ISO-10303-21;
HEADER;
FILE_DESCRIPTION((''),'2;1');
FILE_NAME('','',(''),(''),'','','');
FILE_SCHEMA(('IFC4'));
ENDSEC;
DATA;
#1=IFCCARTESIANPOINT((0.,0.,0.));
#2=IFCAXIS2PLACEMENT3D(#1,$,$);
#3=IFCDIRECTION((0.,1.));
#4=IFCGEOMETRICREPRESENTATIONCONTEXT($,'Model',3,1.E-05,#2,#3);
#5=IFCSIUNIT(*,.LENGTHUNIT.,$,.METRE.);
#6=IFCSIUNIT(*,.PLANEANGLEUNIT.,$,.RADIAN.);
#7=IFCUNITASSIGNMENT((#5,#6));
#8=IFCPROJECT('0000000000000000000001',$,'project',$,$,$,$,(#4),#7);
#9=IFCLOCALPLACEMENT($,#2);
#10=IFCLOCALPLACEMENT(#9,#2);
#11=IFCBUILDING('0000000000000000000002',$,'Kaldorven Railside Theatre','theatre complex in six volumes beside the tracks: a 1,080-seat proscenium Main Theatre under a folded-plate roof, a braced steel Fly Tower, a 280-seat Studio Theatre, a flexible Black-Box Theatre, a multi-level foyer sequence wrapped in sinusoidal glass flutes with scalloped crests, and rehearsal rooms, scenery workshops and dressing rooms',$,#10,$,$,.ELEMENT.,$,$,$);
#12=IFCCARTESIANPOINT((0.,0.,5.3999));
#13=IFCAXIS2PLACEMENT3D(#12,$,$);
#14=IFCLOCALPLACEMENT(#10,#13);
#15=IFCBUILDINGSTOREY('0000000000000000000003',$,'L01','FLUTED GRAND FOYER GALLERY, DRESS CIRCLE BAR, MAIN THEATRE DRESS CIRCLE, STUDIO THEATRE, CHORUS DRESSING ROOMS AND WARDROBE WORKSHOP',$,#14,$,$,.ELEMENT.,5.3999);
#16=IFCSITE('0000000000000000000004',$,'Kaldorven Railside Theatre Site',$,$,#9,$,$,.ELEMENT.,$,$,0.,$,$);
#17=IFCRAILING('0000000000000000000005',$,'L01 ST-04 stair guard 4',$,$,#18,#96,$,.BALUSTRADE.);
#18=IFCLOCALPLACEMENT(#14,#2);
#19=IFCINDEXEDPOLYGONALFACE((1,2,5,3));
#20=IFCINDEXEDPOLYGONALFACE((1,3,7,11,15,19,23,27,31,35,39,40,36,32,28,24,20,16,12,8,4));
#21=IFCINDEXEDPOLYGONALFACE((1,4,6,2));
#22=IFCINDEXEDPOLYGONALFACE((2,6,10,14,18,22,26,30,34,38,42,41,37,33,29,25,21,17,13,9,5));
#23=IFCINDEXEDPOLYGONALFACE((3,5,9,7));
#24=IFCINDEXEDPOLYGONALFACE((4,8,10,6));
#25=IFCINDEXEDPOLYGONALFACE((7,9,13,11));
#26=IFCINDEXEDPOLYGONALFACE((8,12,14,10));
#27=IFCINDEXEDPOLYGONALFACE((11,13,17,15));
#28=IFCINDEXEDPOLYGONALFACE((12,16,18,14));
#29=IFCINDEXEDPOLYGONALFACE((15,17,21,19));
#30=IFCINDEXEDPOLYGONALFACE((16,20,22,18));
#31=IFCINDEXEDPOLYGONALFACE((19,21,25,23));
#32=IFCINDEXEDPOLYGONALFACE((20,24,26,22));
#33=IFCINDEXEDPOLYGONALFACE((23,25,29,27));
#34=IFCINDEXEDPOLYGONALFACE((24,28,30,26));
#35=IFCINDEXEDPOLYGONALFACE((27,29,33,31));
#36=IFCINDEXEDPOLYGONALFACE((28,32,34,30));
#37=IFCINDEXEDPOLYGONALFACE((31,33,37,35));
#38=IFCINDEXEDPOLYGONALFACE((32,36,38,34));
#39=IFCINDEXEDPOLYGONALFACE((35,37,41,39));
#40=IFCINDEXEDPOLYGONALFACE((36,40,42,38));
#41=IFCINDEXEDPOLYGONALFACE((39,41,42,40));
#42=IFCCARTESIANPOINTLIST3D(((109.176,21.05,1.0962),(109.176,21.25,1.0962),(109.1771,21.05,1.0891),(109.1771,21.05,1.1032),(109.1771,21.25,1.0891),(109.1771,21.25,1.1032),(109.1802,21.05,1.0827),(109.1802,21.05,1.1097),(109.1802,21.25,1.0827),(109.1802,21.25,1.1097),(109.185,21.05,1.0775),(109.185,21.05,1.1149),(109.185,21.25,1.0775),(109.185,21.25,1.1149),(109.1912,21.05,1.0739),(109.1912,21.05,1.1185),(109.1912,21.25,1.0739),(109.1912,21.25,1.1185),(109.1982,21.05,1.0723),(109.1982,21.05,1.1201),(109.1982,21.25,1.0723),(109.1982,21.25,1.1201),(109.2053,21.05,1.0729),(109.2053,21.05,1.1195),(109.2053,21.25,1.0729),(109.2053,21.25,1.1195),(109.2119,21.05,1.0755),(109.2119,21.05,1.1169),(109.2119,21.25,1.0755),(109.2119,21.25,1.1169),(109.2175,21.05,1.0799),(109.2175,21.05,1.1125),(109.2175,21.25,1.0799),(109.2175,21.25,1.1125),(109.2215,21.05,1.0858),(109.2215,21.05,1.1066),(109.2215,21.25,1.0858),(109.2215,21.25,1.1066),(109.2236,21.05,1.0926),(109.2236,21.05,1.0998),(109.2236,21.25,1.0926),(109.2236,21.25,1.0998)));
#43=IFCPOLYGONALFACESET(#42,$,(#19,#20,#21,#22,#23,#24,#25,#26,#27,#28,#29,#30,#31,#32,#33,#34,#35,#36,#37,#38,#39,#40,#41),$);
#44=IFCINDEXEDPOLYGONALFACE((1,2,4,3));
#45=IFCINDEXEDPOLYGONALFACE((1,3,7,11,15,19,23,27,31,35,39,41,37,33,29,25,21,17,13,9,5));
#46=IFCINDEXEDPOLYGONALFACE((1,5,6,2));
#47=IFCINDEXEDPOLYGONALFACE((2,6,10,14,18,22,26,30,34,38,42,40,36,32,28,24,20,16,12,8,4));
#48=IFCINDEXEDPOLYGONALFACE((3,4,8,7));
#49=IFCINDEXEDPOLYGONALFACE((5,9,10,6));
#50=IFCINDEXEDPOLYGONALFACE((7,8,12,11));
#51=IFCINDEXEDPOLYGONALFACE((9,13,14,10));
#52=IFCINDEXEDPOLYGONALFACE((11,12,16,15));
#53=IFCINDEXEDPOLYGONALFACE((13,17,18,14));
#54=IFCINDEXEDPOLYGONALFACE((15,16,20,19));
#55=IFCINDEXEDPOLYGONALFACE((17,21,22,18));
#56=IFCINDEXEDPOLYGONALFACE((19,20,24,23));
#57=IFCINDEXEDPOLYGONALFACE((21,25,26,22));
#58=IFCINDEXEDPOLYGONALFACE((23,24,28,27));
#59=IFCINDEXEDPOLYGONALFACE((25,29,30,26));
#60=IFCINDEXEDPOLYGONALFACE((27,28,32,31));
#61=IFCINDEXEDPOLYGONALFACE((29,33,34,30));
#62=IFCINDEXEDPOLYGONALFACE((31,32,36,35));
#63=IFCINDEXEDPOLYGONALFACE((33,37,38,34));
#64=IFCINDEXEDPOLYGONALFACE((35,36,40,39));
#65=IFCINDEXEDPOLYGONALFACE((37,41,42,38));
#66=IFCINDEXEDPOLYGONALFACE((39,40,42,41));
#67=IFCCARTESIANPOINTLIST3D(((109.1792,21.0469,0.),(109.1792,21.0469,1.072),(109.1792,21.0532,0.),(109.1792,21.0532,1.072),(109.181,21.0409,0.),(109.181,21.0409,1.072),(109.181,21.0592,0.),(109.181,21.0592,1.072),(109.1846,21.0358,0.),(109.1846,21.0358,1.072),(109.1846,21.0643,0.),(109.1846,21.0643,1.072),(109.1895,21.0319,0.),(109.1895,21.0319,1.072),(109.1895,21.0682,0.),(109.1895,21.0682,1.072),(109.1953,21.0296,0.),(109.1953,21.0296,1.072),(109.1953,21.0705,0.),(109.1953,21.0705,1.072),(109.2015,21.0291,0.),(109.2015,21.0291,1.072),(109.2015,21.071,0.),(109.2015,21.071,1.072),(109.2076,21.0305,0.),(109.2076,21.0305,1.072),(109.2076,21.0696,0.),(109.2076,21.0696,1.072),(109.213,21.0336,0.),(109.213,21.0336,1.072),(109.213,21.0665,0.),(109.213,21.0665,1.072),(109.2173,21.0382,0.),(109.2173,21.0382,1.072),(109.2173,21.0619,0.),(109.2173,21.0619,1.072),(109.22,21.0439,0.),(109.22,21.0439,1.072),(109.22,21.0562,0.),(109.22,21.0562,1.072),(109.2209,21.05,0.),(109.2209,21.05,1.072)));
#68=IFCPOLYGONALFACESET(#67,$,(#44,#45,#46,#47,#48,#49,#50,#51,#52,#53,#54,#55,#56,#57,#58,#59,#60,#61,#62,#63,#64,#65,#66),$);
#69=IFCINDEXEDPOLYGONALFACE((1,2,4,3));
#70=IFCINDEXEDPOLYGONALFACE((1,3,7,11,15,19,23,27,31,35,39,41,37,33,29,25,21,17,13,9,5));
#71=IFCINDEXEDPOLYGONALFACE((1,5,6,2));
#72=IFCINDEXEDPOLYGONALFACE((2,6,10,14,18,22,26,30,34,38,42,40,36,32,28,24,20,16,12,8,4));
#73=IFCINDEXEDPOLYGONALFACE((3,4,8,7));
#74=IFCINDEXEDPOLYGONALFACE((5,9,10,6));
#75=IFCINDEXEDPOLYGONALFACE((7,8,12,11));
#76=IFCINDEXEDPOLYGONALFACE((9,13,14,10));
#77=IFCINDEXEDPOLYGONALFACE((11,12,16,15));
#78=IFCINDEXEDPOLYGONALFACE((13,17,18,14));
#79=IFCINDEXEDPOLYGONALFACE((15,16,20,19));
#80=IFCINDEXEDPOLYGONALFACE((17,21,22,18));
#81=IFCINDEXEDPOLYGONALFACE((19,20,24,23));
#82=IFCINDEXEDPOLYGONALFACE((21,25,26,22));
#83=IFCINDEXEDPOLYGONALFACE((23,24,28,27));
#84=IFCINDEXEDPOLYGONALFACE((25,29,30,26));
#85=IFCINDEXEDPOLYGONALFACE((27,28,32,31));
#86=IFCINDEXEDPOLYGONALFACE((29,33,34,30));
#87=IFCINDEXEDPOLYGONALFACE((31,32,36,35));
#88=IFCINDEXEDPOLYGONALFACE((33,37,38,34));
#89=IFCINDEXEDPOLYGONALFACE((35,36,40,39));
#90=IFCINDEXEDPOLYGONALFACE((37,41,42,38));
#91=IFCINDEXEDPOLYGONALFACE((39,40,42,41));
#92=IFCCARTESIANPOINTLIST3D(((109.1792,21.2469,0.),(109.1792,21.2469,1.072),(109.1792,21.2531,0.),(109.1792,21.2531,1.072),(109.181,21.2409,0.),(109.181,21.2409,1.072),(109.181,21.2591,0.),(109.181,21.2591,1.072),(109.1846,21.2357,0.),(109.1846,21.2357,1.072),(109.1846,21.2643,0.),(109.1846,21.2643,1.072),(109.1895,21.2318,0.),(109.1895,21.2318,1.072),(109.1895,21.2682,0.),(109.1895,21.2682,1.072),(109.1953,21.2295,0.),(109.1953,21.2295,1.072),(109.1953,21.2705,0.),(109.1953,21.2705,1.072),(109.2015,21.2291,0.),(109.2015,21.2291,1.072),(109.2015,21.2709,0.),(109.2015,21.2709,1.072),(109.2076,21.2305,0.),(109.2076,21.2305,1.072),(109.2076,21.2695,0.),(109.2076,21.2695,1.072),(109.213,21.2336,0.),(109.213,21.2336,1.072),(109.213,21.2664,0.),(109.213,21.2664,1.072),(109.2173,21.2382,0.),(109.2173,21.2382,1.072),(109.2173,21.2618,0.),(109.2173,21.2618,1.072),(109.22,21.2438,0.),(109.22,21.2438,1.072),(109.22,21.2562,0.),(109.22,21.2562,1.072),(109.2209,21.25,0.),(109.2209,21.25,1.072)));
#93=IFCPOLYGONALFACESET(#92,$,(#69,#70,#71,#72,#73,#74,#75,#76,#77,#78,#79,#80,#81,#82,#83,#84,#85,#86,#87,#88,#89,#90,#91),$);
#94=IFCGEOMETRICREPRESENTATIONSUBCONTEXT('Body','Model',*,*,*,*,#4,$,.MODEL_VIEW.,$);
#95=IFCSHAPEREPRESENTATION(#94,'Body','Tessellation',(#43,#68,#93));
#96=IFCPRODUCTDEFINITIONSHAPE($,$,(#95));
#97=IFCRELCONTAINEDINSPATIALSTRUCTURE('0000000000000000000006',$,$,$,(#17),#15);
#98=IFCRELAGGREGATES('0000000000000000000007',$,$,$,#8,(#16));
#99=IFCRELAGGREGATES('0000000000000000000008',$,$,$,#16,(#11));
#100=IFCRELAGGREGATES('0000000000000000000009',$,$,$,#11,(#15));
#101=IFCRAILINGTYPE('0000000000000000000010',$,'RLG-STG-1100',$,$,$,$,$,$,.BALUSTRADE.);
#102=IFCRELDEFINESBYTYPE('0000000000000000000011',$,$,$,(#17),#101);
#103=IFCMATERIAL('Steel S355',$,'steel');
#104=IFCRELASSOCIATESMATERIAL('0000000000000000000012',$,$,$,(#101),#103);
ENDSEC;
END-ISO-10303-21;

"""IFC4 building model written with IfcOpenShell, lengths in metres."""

from ifc_helpers import new_model, si_unit, direction, frame, origin, origin_2d, place, context, subcontext, project, spatial, circle, extrude, material, type_object, element, save


model = new_model("IFC4")

# Units and contexts
model_context = context("Model", 3, precision=1e-05, world=origin(), true_north=direction((0.0, 1.0)))
body_context = subcontext(model_context, "Body", "Model", "MODEL_VIEW")
ifc_project = project(units=[si_unit("LENGTHUNIT", "METRE"), si_unit("PLANEANGLEUNIT", "RADIAN")], contexts=[model_context])

# Site, building, storey
site_placement = place(None, origin())
site = spatial("IfcSite", under=ifc_project, at=site_placement, Name="Kaldorven Railside Theatre Site", CompositionType="ELEMENT", RefElevation=0.0)
building_placement = place(site_placement, origin())
building = spatial("IfcBuilding", under=site, at=building_placement, Name="Kaldorven Railside Theatre", Description="theatre complex in six volumes beside the tracks: a 1,080-seat proscenium Main Theatre under a folded-plate roof, a braced steel Fly Tower, a 280-seat Studio Theatre, a flexible Black-Box Theatre, a multi-level foyer sequence wrapped in sinusoidal glass flutes with scalloped crests, and rehearsal rooms, scenery workshops and dressing rooms", CompositionType="ELEMENT")
storey_placement = place(building_placement, frame((0.0, 0.0, 5.3999)))
storey = spatial("IfcBuildingStorey", under=building, at=storey_placement, Name="L01", Description="FLUTED GRAND FOYER GALLERY, DRESS CIRCLE BAR, MAIN THEATRE DRESS CIRCLE, STUDIO THEATRE, CHORUS DRESSING ROOMS AND WARDROBE WORKSHOP", CompositionType="ELEMENT", Elevation=5.3999)

# Shared definitions
ifc_material_1 = material(Name="Steel S355", Category="steel")

# Railing
railing_type_1 = type_object("IfcRailingType", Name="RLG-STG-1100", PredefinedType="BALUSTRADE", material=ifc_material_1)
railing_1_placement = place(storey_placement, frame((109.2, 21.05, 0.0)))
element("IfcRailing", 1, at=railing_1_placement, inside=storey, type_object=railing_type_1, Name="L01 ST-04 stair guard 4", PredefinedType="BALUSTRADE", context=body_context, shape_type="SweptSolid", body=[
    extrude(circle(Radius=0.0239, at=origin_2d()), frame((0.0, 0.0, 1.0962), z_axis=(0.0, 1.0, 0.0), x_axis=(-1.0, 0.0, 0.0)), (0.0, 0.0, 1.0), 0.2),
    extrude(circle(Radius=0.021, at=origin_2d()), origin(), (0.0, 0.0, 1.0), 1.072),
    extrude(circle(Radius=0.021, at=origin_2d()), frame((0.0, 0.2, 0.0)), (0.0, 0.0, 1.0), 1.072),
])

save(model, "model.ifc")
